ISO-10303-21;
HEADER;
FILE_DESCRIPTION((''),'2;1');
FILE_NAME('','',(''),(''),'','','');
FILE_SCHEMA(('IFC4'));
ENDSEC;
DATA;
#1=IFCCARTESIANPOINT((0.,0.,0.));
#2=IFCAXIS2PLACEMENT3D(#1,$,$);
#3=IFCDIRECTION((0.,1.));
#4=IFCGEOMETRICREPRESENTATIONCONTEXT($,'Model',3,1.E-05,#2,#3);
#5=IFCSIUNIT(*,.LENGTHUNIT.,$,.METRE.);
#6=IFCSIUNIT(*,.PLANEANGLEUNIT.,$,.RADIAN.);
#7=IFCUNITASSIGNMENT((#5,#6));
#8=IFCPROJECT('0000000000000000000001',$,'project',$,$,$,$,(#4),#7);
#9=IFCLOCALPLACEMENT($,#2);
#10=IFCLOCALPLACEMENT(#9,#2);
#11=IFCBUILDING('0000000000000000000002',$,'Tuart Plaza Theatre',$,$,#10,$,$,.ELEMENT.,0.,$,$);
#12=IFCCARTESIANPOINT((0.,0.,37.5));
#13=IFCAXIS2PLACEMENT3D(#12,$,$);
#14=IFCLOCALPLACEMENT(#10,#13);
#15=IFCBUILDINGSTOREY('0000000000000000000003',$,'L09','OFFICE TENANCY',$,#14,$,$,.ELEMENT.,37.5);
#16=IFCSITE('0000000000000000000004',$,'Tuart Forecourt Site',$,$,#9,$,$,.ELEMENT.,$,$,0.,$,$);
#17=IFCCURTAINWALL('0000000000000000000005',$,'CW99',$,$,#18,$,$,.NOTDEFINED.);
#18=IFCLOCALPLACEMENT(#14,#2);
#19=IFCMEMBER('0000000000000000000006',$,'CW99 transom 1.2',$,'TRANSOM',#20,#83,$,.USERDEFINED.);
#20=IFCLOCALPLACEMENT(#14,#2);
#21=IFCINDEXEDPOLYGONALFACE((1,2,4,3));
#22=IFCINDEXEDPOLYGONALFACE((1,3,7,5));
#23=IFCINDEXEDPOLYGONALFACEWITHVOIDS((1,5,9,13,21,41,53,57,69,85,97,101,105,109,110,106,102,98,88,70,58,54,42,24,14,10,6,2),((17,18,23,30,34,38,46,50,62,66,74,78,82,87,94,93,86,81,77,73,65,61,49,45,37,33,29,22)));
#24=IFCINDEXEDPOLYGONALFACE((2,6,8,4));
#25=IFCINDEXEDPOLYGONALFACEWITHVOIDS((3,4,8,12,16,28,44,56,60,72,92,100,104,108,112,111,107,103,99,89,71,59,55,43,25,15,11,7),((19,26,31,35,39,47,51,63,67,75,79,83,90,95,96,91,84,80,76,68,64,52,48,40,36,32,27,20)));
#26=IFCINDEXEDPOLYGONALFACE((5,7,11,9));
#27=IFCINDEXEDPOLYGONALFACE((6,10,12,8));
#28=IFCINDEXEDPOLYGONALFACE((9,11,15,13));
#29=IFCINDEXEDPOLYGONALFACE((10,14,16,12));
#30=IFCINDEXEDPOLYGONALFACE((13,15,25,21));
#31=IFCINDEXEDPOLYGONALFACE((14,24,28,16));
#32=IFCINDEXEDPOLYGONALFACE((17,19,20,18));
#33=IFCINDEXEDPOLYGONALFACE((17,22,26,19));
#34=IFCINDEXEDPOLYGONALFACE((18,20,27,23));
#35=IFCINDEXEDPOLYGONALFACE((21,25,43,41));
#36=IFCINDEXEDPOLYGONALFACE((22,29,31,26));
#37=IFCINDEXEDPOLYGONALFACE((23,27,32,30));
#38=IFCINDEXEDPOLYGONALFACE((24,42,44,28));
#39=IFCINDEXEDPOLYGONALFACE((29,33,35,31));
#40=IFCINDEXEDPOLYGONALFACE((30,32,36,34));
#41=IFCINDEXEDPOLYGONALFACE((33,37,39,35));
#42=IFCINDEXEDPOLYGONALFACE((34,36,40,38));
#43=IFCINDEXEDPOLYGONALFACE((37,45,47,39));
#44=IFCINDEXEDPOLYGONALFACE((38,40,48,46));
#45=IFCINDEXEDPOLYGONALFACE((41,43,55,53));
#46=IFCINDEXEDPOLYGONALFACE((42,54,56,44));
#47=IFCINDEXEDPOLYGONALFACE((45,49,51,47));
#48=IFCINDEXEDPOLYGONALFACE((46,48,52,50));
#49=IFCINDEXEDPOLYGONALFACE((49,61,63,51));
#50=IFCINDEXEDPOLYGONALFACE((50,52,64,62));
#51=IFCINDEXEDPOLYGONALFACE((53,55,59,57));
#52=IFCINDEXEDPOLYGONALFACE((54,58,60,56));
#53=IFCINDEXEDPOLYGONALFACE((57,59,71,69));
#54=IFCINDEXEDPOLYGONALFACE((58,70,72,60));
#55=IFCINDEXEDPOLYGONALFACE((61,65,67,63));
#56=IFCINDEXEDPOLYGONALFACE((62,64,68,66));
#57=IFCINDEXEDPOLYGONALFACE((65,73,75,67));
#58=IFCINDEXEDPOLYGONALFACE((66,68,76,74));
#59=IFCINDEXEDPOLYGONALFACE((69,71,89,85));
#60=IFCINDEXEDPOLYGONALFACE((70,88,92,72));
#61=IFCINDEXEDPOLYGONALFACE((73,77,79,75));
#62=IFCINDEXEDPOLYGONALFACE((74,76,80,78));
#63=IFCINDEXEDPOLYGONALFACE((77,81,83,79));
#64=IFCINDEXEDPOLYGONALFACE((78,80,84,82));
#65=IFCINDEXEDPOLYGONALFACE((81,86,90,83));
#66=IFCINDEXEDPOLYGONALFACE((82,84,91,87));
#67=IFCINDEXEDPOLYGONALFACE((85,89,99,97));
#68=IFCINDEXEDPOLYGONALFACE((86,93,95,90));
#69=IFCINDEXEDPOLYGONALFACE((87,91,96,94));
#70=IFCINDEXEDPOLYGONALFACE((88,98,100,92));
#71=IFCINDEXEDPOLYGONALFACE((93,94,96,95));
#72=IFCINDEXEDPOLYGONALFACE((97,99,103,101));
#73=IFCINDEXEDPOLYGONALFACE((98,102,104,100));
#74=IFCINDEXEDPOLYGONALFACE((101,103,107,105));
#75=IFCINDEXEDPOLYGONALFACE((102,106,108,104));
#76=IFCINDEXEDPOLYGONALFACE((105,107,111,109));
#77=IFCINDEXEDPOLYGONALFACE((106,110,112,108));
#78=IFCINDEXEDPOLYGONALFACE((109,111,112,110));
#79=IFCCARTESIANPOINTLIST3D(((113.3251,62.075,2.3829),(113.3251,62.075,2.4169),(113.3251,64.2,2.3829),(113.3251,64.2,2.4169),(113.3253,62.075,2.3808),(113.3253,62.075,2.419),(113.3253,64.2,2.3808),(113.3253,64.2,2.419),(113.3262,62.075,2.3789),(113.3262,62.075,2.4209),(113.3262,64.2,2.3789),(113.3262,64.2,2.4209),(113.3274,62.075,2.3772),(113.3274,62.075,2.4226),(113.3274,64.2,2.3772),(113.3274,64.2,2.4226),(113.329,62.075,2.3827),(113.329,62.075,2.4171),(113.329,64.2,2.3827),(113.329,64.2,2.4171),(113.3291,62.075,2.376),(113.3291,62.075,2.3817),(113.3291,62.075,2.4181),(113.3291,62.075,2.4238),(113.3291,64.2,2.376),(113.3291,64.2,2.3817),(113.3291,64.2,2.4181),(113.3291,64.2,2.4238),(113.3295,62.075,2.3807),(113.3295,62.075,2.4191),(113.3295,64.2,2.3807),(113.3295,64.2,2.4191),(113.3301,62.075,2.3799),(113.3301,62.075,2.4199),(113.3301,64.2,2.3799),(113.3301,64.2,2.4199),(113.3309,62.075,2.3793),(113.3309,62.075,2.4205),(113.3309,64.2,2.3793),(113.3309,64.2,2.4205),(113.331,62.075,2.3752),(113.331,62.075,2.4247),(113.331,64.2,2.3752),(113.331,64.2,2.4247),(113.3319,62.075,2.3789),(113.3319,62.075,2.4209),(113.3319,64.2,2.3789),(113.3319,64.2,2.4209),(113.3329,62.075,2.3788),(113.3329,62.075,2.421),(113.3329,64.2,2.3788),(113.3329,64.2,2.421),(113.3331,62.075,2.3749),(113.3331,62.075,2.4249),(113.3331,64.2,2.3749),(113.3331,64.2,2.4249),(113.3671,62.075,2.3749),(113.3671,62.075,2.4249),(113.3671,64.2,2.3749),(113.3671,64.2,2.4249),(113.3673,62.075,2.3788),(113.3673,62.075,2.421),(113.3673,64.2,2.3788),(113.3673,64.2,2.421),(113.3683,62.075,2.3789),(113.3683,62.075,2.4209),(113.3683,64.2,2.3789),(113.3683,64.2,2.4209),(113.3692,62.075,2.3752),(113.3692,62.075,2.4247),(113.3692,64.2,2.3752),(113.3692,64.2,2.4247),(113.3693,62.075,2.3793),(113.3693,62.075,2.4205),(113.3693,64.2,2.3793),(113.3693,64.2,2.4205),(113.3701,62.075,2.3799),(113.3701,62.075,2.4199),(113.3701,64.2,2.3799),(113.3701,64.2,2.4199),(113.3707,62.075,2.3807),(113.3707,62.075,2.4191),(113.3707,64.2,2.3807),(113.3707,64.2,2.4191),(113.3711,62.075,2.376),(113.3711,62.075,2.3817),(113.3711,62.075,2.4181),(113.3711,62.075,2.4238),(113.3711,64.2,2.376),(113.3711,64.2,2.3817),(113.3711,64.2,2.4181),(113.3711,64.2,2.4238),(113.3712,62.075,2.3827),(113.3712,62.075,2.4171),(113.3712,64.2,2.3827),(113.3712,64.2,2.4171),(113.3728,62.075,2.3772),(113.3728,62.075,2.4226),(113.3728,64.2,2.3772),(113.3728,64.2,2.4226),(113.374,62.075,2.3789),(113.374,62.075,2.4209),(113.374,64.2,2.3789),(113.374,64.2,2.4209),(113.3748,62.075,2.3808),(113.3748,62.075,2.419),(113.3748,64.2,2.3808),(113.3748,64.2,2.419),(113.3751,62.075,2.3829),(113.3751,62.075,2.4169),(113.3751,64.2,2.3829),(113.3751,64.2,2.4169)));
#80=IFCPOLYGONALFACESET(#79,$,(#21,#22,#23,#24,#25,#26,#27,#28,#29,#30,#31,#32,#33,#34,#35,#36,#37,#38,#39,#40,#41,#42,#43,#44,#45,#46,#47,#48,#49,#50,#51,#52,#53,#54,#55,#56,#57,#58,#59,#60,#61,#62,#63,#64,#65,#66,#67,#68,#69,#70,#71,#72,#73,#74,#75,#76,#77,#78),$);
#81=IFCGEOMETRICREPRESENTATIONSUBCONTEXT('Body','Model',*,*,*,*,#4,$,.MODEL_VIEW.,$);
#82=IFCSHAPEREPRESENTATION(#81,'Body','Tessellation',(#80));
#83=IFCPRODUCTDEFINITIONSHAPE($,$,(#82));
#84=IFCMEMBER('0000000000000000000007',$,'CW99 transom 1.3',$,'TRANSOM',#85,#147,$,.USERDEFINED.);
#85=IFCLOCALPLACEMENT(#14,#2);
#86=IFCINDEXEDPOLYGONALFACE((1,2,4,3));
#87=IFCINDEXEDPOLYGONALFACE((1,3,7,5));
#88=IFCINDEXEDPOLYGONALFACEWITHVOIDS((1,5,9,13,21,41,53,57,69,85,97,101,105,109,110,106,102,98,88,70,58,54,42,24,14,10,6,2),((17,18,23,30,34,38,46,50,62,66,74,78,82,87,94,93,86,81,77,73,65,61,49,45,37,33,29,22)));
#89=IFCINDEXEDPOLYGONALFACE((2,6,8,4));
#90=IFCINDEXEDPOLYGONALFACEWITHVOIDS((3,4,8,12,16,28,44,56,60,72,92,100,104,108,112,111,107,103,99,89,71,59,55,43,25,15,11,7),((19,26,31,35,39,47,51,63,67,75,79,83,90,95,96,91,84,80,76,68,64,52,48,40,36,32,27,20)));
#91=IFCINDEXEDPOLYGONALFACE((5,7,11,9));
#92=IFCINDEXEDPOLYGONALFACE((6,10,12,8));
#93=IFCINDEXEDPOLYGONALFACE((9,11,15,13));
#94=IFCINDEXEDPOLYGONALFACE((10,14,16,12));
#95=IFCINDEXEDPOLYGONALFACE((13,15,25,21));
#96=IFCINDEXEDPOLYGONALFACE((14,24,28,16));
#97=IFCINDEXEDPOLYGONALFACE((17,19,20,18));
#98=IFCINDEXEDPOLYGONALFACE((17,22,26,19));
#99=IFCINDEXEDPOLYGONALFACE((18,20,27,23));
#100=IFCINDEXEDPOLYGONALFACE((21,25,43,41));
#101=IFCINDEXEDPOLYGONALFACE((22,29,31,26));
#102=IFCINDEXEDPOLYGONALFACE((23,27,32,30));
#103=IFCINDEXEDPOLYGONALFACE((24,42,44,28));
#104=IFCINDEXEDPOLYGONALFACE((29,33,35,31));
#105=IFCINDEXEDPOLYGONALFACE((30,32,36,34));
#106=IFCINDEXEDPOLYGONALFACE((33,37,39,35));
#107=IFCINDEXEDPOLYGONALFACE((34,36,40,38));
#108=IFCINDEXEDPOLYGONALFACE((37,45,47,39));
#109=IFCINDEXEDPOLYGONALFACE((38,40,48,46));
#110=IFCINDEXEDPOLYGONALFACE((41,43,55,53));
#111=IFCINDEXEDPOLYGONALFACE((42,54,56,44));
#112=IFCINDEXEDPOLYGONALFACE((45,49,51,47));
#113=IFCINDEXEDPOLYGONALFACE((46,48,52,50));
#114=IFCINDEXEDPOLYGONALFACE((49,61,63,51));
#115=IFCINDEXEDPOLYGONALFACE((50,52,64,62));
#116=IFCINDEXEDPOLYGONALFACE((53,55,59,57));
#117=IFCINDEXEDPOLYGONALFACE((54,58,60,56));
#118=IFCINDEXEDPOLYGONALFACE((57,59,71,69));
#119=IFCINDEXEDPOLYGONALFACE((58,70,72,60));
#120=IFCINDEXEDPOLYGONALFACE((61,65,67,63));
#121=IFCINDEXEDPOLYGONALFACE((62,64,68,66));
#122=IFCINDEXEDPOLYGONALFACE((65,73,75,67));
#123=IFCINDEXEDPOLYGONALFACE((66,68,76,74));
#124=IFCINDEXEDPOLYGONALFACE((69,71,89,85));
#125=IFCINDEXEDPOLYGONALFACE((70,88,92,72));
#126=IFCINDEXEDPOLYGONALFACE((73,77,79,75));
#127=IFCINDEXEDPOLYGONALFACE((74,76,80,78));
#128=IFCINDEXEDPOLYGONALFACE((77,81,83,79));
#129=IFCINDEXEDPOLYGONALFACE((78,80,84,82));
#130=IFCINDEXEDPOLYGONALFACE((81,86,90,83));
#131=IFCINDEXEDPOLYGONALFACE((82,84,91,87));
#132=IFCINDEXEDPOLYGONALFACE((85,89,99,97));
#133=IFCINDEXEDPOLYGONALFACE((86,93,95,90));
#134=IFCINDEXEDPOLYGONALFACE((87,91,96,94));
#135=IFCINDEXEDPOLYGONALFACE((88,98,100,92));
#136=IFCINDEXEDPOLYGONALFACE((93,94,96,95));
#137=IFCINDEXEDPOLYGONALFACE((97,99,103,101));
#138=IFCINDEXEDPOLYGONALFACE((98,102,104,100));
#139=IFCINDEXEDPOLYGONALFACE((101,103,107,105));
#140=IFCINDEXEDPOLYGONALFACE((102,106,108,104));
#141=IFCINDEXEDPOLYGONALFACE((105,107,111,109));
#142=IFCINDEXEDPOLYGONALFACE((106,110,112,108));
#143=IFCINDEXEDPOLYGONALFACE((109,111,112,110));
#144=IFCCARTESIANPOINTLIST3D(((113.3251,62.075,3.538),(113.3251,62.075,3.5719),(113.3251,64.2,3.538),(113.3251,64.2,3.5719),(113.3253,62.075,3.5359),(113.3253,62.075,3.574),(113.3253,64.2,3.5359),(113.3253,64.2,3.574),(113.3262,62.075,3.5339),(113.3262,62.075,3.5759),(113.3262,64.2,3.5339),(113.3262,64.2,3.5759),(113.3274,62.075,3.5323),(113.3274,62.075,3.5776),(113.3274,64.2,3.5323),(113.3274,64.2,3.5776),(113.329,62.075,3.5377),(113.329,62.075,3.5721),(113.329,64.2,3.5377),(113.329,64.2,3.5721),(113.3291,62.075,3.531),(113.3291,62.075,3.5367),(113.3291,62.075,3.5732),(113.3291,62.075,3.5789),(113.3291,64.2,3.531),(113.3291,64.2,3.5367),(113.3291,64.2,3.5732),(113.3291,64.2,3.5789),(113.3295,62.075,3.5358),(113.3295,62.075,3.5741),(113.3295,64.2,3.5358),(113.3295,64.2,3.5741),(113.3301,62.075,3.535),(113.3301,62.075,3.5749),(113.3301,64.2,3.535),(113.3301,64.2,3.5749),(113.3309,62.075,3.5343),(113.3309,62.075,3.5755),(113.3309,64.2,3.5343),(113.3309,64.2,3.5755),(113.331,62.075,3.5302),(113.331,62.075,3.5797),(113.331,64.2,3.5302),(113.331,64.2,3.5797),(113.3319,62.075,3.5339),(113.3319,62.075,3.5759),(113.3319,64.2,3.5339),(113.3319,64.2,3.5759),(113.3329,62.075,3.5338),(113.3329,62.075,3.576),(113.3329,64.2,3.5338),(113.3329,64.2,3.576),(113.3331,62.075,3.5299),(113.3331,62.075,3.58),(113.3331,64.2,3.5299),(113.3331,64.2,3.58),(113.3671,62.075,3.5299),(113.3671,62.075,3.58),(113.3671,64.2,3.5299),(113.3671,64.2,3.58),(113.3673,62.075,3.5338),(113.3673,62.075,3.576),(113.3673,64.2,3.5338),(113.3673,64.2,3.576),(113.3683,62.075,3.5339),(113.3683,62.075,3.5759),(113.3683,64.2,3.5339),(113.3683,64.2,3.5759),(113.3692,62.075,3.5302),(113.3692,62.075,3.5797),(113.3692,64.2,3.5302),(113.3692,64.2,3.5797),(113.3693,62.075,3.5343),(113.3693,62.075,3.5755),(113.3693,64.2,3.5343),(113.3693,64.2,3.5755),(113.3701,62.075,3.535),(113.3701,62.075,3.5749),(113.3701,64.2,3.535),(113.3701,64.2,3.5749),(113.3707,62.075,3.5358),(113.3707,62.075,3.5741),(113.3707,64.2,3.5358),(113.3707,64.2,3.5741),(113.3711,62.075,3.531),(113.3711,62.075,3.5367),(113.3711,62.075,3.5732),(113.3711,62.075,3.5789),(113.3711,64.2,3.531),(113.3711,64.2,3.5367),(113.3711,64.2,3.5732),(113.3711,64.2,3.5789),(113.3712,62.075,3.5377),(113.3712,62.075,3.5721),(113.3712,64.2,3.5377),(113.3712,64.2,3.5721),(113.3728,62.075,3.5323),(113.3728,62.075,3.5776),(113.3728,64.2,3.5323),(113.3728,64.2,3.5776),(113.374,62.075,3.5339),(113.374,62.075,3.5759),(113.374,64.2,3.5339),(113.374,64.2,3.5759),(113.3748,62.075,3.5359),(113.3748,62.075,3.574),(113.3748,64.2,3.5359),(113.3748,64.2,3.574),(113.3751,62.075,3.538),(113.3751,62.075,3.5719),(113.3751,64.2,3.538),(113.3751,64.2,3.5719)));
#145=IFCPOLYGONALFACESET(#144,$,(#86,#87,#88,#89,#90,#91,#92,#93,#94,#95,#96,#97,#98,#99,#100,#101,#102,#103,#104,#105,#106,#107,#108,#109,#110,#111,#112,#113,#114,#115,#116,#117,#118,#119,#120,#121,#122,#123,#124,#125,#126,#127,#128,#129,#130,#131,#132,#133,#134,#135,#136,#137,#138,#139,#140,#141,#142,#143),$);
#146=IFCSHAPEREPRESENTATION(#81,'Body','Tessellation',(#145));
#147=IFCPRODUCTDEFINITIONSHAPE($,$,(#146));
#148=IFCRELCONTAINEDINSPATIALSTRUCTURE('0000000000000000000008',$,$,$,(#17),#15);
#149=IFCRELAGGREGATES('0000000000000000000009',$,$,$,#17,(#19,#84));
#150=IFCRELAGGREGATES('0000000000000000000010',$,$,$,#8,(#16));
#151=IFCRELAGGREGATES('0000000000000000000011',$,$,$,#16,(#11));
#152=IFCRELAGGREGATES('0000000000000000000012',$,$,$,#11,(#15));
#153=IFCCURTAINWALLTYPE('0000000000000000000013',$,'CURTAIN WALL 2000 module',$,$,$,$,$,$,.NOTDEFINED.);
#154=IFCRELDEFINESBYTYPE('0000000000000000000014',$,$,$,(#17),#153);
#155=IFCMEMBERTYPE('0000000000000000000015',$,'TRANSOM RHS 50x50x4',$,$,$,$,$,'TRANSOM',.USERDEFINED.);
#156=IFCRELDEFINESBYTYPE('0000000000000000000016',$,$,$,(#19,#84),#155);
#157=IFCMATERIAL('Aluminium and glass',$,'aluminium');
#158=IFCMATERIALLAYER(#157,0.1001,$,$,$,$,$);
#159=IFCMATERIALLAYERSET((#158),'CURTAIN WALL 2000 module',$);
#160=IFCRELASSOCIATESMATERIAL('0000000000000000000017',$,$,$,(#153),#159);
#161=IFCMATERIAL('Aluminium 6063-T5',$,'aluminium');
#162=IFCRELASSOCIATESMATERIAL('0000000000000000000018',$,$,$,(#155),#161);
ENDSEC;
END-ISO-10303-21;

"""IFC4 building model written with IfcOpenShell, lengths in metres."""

from ifc_helpers import new_model, si_unit, direction, frame, origin, origin_2d, place, context, subcontext, project, spatial, hollow_rectangle, extrude, material, layer, layer_set, material_profile, profile_set, type_object, element, aggregate, save


model = new_model("IFC4")

# Units and contexts
model_context = context("Model", 3, precision=1e-05, world=origin(), true_north=direction((0.0, 1.0)))
body_context = subcontext(model_context, "Body", "Model", "MODEL_VIEW")
ifc_project = project(units=[si_unit("LENGTHUNIT", "METRE"), si_unit("PLANEANGLEUNIT", "RADIAN")], contexts=[model_context])

# Site, building, storey
site_placement = place(None, origin())
site = spatial("IfcSite", under=ifc_project, at=site_placement, Name="Tuart Forecourt Site", CompositionType="ELEMENT", RefElevation=0.0)
building_placement = place(site_placement, origin())
building = spatial("IfcBuilding", under=site, at=building_placement, Name="Tuart Plaza Theatre", CompositionType="ELEMENT", ElevationOfRefHeight=0.0)
storey_placement = place(building_placement, frame((0.0, 0.0, 37.5)))
storey = spatial("IfcBuildingStorey", under=building, at=storey_placement, Name="L09", Description="OFFICE TENANCY", CompositionType="ELEMENT", Elevation=37.5)

# Shared definitions
ifc_material_1 = material(Name="Aluminium and glass", Category="aluminium")
ifc_layer_1 = layer(ifc_material_1, 0.1001)
ifc_layer_set_1 = layer_set([ifc_layer_1], Name="CURTAIN WALL 2000 module")
curtain_wall_type = type_object("IfcCurtainWallType", Name="CURTAIN WALL 2000 module", PredefinedType="NOTDEFINED", material=ifc_layer_set_1)

# Curtain wall
curtain_wall_1_placement = place(storey_placement, origin())
curtain_wall_1 = element("IfcCurtainWall", 1, at=curtain_wall_1_placement, inside=storey, type_object=curtain_wall_type, Name="CW99", PredefinedType="NOTDEFINED")

# Members
ifc_material_2 = material(Name="Aluminium 6063-T5", Category="aluminium")
ifc_material_profile_1 = material_profile(ifc_material_2, hollow_rectangle(XDim=0.05, YDim=0.05, WallThickness=0.0039, InnerFilletRadius=0.0039, OuterFilletRadius=0.0081, at=origin_2d()), Name="RHS 50x50x4")
ifc_profile_set_1 = profile_set([ifc_material_profile_1], Name="Aluminium 6063-T5")
member_type_1 = type_object("IfcMemberType", Name="TRANSOM RHS 50x50x4", ElementType="TRANSOM", PredefinedType="USERDEFINED", material=ifc_profile_set_1)
member_1_placement = place(storey_placement, frame((113.3501, 64.2, 2.3999), z_axis=(0.0, -1.0, 0.0), x_axis=(1.0, 0.0, 0.0)))
member_1 = element("IfcMember", 2, at=member_1_placement, type_object=member_type_1, Name="CW99 transom 1.2", ObjectType="TRANSOM", PredefinedType="USERDEFINED", context=body_context, shape_type="SweptSolid", body=[
    extrude(hollow_rectangle(XDim=0.05, YDim=0.05, WallThickness=0.0039, InnerFilletRadius=0.0039, OuterFilletRadius=0.0081, at=origin_2d()), origin(), (0.0, 0.0, 1.0), 2.125),
])
member_2_placement = place(storey_placement, frame((113.3501, 64.2, 3.5549), z_axis=(0.0, -1.0, 0.0), x_axis=(1.0, 0.0, 0.0)))
member_2 = element("IfcMember", 3, at=member_2_placement, type_object=member_type_1, Name="CW99 transom 1.3", ObjectType="TRANSOM", PredefinedType="USERDEFINED", context=body_context, shape_type="SweptSolid", body=[
    extrude(hollow_rectangle(XDim=0.05, YDim=0.05, WallThickness=0.0039, InnerFilletRadius=0.0039, OuterFilletRadius=0.0081, at=origin_2d()), origin(), (0.0, 0.0, 1.0), 2.125),
])

aggregate(curtain_wall_1, [member_1, member_2])

save(model, "model.ifc")
